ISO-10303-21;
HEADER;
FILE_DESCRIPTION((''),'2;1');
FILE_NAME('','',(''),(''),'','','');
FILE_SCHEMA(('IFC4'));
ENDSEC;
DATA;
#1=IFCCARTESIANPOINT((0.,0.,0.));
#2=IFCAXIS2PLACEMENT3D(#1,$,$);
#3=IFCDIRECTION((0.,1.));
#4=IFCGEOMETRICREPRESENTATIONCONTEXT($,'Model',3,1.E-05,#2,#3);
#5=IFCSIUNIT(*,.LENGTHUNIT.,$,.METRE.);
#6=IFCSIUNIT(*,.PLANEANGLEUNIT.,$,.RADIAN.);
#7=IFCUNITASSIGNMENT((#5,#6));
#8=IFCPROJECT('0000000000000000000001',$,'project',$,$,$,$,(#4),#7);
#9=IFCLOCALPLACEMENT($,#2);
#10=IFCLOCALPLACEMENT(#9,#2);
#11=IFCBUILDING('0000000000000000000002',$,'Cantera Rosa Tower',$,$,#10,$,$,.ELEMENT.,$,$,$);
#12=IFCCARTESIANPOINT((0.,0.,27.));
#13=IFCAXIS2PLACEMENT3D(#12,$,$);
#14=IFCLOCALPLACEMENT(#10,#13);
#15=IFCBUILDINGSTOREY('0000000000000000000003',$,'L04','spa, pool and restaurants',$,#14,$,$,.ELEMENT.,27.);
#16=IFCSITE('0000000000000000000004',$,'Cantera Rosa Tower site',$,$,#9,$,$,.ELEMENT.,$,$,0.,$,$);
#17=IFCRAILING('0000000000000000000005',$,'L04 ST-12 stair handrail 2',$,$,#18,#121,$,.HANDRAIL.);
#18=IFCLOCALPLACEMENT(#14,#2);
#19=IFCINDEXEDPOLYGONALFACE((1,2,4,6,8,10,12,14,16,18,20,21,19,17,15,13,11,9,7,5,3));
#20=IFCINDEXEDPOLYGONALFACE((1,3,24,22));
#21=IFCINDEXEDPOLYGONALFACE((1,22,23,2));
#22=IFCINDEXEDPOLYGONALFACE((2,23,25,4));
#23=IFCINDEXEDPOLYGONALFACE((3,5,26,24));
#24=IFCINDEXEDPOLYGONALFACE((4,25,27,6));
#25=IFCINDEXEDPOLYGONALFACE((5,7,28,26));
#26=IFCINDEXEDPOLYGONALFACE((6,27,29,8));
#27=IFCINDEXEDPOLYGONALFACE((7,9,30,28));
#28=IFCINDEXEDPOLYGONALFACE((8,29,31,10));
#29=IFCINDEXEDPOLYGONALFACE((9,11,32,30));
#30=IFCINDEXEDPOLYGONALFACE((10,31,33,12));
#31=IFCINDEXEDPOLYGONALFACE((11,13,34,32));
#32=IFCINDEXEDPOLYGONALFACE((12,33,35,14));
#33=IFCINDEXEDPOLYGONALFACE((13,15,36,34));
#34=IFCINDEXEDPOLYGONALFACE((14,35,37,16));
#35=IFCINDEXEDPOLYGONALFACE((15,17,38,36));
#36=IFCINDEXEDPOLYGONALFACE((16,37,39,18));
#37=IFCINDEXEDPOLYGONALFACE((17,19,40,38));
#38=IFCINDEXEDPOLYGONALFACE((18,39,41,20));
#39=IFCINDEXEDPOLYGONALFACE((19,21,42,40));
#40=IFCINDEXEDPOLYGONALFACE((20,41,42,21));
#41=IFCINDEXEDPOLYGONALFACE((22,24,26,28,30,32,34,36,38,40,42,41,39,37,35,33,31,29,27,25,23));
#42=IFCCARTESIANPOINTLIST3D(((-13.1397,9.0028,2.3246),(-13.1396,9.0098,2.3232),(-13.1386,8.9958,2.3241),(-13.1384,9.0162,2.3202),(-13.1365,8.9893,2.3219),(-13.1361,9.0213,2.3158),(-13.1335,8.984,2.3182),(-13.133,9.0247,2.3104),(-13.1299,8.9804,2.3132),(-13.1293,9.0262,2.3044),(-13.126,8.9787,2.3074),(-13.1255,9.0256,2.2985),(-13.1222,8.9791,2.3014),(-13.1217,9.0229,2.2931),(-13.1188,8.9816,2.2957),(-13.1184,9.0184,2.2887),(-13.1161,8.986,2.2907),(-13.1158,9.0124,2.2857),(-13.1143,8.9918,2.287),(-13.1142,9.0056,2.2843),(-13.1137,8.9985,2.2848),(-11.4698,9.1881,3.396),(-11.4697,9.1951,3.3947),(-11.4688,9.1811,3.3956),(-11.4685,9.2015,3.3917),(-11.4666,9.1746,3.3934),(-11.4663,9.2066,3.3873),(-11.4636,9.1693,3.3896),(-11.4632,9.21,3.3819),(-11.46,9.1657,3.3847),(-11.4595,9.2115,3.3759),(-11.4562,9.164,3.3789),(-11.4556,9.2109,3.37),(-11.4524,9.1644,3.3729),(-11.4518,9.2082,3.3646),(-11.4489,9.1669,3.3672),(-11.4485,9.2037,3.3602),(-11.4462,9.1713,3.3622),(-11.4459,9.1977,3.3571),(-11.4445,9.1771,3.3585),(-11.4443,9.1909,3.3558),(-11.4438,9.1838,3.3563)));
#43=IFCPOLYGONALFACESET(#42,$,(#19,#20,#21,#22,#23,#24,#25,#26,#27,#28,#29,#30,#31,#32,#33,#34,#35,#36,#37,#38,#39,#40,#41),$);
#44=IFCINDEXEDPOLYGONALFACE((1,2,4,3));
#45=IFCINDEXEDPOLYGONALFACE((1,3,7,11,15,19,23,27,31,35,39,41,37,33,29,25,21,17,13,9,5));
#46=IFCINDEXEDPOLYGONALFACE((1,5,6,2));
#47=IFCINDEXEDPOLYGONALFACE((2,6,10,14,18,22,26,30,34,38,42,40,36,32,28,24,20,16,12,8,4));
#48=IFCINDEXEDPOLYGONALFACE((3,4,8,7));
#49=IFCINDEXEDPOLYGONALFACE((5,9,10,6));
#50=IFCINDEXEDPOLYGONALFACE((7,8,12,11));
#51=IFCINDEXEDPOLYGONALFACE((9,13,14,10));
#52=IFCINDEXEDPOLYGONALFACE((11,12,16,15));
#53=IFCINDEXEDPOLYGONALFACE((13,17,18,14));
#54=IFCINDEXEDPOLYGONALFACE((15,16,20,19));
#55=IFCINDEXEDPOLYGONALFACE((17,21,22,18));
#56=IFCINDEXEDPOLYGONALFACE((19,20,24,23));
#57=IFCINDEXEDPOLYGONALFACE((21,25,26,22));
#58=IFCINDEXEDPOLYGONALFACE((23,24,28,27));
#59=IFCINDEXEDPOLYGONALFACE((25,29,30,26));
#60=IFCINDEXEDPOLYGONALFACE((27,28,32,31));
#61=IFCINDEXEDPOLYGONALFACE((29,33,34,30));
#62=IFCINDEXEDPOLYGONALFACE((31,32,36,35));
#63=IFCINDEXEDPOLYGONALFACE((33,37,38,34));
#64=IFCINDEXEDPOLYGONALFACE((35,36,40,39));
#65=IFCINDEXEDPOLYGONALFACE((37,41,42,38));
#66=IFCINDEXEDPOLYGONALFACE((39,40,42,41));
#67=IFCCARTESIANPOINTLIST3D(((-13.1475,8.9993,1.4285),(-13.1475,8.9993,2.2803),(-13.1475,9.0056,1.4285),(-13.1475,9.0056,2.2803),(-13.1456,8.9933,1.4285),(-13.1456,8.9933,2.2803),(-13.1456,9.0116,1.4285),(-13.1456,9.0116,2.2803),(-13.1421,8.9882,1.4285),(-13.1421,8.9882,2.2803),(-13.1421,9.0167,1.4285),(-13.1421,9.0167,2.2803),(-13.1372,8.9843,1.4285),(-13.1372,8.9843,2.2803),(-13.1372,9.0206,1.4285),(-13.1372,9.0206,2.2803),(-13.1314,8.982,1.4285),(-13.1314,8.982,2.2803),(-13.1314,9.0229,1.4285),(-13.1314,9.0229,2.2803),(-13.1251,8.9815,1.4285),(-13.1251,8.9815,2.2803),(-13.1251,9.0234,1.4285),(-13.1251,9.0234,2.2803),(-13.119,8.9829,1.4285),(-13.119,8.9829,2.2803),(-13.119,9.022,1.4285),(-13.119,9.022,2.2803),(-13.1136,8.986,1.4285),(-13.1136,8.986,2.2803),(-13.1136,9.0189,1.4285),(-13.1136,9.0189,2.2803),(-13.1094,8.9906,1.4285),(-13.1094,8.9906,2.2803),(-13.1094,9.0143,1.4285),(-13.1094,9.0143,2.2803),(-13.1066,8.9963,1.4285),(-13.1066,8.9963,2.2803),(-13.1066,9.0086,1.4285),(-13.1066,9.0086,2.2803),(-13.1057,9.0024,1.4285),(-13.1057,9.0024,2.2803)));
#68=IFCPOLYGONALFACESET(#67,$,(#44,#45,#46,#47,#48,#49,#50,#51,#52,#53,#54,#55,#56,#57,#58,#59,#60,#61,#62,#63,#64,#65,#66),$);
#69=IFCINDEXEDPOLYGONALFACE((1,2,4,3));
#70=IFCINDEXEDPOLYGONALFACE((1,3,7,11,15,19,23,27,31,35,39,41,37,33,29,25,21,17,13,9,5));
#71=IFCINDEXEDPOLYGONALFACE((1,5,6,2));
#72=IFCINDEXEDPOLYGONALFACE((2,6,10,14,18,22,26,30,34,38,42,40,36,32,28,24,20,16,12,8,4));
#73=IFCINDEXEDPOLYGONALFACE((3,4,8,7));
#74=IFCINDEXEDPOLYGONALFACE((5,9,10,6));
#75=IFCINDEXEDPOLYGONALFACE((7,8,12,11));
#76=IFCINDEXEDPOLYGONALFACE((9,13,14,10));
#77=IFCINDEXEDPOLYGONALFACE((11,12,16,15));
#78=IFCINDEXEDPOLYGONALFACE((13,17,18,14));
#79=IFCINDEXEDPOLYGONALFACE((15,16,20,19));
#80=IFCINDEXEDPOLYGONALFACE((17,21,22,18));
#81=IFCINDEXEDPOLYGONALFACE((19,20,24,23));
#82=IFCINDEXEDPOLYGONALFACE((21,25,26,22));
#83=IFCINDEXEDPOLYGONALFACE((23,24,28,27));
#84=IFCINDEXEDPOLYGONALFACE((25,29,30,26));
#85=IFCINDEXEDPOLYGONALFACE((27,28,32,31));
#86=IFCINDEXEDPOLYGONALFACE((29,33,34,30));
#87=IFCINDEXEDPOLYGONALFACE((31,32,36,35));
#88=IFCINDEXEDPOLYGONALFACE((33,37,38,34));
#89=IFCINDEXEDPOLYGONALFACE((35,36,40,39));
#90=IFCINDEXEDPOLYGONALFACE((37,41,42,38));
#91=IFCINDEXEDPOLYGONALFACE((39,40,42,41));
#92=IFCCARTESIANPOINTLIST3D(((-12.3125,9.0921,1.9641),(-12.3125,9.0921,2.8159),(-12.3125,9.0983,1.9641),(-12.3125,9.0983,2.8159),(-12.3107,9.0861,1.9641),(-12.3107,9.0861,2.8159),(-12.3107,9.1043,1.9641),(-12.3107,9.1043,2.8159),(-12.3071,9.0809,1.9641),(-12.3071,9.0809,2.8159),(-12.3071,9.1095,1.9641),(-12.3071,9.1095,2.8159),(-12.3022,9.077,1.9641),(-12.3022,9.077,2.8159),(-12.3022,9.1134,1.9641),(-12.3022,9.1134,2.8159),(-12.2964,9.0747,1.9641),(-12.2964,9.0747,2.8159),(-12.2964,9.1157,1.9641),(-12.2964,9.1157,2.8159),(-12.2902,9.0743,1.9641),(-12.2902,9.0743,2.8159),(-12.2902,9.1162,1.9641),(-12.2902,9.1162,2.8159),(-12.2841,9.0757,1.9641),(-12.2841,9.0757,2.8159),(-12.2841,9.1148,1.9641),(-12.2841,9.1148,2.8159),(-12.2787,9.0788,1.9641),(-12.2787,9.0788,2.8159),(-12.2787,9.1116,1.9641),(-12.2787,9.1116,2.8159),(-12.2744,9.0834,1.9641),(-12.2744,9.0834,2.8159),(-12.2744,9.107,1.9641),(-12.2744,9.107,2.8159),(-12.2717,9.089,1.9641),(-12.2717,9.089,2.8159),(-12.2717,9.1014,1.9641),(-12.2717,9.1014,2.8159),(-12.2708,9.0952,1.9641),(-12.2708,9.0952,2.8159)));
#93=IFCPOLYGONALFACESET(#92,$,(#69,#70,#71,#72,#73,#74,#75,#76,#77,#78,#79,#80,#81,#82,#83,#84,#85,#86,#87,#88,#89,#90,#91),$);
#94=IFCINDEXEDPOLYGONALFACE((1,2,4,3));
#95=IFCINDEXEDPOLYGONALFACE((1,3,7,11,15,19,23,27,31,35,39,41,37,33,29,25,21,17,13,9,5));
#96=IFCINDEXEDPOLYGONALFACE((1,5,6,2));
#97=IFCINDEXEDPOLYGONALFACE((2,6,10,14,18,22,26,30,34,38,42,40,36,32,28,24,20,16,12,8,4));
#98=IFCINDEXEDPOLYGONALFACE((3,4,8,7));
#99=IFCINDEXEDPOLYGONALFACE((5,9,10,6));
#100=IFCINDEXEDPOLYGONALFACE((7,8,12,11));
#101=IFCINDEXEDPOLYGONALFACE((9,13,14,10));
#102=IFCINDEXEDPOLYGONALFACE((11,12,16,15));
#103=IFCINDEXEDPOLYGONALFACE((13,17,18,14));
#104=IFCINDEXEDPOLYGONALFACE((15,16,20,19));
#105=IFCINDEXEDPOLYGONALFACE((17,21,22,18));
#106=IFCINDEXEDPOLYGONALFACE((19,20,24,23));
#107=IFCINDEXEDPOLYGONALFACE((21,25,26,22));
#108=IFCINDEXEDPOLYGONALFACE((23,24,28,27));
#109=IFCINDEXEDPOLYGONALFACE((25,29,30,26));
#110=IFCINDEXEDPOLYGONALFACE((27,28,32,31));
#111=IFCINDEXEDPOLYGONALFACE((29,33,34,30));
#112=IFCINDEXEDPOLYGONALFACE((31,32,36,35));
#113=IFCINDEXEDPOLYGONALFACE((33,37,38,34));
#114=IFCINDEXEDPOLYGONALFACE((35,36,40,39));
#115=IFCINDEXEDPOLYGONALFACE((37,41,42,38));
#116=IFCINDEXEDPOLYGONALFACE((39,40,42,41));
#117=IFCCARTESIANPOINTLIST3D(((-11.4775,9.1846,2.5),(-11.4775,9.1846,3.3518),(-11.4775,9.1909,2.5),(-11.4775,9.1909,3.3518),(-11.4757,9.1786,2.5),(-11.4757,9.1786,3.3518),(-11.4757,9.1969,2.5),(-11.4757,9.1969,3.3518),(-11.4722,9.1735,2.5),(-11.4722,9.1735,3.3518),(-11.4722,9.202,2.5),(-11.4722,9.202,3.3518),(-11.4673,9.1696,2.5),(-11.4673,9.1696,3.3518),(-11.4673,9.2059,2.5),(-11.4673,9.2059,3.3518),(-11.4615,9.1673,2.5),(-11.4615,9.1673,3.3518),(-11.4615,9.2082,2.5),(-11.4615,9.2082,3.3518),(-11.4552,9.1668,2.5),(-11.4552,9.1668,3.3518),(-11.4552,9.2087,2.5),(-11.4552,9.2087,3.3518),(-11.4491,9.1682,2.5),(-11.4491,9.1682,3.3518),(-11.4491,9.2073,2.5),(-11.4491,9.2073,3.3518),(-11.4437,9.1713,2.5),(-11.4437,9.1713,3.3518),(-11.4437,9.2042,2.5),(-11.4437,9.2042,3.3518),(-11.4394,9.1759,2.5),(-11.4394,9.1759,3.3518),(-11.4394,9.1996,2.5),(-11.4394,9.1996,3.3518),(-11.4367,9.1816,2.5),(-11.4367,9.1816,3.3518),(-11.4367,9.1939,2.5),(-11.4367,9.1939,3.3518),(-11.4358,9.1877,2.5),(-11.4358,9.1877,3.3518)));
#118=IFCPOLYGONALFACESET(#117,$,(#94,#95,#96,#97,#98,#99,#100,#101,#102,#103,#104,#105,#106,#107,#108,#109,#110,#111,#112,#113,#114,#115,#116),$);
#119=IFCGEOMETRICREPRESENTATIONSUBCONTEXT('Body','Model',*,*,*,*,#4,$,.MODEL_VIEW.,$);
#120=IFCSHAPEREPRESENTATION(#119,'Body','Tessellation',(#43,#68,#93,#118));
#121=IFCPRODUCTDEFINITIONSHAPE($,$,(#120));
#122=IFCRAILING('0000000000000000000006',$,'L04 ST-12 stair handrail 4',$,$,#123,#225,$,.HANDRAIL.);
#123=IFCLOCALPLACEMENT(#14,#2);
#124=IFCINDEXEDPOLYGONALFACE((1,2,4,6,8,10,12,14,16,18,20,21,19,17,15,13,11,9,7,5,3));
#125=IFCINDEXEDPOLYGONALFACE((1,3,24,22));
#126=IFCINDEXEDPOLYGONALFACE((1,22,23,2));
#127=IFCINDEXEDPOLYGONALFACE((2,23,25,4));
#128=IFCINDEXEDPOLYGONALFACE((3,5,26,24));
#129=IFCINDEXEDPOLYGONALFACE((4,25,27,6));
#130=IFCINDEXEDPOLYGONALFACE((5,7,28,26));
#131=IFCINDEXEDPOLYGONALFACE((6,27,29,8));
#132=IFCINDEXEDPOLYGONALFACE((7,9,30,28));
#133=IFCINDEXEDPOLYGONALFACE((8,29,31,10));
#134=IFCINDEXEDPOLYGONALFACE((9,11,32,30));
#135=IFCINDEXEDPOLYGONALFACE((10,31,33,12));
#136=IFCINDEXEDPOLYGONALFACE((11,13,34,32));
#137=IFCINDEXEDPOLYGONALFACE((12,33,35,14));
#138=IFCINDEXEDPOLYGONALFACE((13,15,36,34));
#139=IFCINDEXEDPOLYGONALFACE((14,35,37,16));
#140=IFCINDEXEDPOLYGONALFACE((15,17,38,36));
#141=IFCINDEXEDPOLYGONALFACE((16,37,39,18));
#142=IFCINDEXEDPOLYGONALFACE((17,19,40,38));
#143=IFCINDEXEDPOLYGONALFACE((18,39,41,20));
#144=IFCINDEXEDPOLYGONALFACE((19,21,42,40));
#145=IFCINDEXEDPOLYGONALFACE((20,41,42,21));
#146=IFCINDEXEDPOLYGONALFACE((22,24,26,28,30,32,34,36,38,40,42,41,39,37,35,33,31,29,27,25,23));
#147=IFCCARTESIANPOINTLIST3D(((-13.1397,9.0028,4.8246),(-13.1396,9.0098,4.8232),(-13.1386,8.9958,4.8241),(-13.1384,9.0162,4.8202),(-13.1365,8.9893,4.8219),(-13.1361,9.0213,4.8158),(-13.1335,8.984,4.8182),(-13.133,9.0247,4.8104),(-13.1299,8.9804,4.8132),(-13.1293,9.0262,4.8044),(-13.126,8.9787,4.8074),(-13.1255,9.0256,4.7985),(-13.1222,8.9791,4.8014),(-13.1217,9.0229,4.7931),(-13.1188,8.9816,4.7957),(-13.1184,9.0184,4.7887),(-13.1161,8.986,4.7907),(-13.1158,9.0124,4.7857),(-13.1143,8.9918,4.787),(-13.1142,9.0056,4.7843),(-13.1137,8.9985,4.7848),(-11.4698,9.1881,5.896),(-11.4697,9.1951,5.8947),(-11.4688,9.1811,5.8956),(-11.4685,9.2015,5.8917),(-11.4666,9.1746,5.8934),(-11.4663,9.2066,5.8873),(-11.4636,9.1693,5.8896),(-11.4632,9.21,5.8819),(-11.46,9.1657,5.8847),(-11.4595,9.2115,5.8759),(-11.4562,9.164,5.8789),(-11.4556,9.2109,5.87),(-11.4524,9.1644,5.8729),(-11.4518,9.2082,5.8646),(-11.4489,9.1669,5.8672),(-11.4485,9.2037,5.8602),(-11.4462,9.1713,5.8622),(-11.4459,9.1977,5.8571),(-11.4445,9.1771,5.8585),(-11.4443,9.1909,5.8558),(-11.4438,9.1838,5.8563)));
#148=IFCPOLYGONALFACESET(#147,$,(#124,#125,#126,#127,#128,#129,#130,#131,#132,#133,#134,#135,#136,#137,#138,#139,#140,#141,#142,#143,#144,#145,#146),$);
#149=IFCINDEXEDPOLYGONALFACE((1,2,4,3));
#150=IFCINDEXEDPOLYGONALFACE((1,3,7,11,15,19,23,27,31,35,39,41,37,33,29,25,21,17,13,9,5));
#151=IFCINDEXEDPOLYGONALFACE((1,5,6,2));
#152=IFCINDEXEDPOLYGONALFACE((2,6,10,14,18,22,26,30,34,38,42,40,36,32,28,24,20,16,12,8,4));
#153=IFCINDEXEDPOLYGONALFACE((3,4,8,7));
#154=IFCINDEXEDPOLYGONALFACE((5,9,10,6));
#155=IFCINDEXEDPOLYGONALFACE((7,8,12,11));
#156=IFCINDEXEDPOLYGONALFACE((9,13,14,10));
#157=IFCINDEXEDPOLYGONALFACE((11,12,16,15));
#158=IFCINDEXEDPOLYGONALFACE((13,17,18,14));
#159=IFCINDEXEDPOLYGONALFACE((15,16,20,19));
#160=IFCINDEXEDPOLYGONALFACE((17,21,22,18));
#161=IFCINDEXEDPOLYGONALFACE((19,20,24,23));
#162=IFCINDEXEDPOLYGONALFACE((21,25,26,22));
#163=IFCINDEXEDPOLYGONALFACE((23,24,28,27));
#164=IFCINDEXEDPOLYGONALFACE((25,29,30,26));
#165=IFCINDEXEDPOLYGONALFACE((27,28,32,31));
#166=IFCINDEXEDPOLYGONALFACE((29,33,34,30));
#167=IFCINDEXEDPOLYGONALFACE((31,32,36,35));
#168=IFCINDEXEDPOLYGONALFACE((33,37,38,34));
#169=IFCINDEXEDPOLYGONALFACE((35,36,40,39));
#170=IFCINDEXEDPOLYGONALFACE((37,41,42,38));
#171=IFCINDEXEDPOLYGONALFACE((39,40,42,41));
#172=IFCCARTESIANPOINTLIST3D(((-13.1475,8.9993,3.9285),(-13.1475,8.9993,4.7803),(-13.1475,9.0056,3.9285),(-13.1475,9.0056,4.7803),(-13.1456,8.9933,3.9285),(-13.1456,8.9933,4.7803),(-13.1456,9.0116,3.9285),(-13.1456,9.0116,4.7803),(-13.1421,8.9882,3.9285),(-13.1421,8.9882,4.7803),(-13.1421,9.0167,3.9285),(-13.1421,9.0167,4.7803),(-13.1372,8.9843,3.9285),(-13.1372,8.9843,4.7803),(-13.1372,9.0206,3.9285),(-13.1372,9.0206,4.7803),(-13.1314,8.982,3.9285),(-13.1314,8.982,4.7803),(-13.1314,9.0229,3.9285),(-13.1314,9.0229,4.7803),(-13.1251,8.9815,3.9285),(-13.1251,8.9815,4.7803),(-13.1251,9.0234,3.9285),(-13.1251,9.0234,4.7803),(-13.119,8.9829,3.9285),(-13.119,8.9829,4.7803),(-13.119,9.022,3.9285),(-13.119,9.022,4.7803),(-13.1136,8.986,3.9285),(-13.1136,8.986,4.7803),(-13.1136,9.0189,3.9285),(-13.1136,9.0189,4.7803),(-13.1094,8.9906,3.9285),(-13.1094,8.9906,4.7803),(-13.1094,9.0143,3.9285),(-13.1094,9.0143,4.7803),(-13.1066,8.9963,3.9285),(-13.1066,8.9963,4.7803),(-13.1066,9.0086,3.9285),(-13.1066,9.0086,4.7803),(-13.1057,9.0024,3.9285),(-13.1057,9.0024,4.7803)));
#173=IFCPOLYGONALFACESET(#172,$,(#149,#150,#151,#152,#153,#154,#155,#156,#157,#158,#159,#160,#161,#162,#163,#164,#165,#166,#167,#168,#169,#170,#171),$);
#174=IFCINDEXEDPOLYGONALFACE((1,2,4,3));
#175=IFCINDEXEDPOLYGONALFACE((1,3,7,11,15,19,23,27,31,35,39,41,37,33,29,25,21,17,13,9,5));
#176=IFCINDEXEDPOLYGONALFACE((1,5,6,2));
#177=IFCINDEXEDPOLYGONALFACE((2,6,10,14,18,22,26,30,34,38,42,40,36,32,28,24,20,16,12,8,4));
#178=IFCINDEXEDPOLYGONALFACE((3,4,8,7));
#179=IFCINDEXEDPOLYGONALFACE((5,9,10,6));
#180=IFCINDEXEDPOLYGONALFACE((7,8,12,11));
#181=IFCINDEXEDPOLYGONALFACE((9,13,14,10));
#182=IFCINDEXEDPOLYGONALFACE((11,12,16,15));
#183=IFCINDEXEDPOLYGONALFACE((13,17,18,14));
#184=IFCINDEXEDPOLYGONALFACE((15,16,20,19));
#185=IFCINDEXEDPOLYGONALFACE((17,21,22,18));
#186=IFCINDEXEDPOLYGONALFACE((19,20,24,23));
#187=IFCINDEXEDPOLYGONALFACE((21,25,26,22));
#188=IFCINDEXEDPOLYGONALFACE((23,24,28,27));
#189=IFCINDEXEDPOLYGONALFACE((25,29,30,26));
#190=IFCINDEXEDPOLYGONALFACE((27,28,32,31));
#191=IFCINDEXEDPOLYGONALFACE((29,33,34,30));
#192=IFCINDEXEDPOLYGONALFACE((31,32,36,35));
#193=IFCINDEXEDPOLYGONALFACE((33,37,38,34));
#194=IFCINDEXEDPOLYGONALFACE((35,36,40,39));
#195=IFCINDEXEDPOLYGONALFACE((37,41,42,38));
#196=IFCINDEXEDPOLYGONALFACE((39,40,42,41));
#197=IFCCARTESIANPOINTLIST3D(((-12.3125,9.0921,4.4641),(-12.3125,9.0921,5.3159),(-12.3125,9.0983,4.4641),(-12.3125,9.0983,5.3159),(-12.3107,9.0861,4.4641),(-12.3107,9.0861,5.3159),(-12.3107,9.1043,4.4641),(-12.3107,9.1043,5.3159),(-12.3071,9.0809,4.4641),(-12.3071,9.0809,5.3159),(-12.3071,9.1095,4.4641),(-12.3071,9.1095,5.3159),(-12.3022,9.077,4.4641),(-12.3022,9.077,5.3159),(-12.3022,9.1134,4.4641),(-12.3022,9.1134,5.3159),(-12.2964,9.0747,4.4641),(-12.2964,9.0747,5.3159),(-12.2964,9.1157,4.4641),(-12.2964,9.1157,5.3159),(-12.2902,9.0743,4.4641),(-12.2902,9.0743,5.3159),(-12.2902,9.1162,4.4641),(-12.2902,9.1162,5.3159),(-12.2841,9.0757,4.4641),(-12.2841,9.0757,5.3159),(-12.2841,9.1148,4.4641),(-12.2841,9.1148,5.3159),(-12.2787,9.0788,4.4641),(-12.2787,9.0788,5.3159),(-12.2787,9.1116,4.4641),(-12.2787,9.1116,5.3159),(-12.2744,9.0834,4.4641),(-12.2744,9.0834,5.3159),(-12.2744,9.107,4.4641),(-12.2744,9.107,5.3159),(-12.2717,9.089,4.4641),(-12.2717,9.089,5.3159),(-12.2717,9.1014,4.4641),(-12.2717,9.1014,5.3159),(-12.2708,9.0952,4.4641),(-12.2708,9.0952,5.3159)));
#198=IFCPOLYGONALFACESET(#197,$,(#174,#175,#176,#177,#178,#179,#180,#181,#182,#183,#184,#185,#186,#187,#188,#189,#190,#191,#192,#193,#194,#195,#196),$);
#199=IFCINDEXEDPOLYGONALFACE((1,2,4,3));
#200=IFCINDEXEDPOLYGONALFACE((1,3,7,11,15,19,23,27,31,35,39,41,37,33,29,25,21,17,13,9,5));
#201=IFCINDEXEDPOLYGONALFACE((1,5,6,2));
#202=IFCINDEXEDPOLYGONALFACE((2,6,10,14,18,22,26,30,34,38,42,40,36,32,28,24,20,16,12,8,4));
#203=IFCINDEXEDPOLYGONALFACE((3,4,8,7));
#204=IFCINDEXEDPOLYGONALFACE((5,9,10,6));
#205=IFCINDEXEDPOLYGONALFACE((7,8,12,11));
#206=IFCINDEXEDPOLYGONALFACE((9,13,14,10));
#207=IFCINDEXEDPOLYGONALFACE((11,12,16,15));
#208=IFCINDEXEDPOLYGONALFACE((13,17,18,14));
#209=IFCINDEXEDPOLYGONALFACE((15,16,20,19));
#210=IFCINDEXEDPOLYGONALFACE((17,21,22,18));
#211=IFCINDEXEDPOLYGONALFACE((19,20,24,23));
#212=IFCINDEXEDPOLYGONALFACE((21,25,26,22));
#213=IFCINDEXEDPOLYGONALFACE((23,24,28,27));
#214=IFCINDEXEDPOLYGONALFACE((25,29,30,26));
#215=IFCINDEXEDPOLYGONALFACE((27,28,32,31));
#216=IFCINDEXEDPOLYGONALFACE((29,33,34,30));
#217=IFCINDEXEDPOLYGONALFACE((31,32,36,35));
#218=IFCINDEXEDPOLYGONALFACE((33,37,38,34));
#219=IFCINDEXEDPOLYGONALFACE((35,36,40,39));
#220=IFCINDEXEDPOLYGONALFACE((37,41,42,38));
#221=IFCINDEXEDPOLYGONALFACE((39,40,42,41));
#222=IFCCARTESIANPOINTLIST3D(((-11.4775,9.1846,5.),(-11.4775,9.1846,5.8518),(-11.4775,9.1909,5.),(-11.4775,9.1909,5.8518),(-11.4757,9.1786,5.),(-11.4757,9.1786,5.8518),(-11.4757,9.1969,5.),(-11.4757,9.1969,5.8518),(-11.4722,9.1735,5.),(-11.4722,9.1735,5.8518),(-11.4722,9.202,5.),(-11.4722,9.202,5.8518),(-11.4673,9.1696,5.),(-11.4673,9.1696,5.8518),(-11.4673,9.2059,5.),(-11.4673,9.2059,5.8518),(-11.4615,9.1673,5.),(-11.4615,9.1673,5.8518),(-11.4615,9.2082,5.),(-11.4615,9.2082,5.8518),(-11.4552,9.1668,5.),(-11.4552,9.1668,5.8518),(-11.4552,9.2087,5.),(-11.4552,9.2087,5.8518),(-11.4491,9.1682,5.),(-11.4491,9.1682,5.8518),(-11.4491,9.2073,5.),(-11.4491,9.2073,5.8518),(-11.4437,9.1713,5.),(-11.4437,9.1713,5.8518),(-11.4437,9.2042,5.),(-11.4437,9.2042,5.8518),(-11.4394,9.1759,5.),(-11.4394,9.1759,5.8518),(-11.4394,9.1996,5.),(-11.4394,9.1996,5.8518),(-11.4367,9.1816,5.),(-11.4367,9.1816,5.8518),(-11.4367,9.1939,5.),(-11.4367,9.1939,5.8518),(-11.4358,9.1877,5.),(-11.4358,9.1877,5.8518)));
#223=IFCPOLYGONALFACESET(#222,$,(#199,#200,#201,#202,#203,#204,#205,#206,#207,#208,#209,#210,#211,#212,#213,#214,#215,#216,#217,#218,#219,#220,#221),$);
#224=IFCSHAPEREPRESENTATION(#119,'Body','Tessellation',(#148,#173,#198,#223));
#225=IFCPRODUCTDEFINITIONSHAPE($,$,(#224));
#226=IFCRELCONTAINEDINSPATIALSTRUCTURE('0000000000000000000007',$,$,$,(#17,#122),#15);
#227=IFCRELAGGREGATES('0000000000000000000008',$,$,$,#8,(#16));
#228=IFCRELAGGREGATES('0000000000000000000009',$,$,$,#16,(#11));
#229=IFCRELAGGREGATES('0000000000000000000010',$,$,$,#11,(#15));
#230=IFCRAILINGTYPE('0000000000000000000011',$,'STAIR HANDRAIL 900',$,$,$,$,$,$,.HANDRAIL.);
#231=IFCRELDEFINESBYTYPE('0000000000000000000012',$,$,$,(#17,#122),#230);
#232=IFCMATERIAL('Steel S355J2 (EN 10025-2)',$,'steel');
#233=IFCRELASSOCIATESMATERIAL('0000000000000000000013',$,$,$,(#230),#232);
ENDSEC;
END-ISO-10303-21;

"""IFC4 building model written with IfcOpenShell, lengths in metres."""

from ifc_helpers import new_model, si_unit, direction, frame, origin, origin_2d, place, context, subcontext, project, spatial, circle, extrude, material, type_object, element, save


model = new_model("IFC4")

# Units and contexts
model_context = context("Model", 3, precision=1e-05, world=origin(), true_north=direction((0.0, 1.0)))
body_context = subcontext(model_context, "Body", "Model", "MODEL_VIEW")
ifc_project = project(units=[si_unit("LENGTHUNIT", "METRE"), si_unit("PLANEANGLEUNIT", "RADIAN")], contexts=[model_context])

# Site, building, storey
site_placement = place(None, origin())
site = spatial("IfcSite", under=ifc_project, at=site_placement, Name="Cantera Rosa Tower site", CompositionType="ELEMENT", RefElevation=0.0)
building_placement = place(site_placement, origin())
building = spatial("IfcBuilding", under=site, at=building_placement, Name="Cantera Rosa Tower", CompositionType="ELEMENT")
storey_placement = place(building_placement, frame((0.0, 0.0, 27.0)))
storey = spatial("IfcBuildingStorey", under=building, at=storey_placement, Name="L04", Description="spa, pool and restaurants", CompositionType="ELEMENT", Elevation=27.0)

# Railings
ifc_material_1 = material(Name="Steel S355J2 (EN 10025-2)", Category="steel")
railing_type = type_object("IfcRailingType", Name="STAIR HANDRAIL 900", PredefinedType="HANDRAIL", material=ifc_material_1)
for number, where, name in (
    (1, (-13.1267, 9.0024, 1.4285), "L04 ST-12 stair handrail 2"),
    (2, (-13.1267, 9.0024, 3.9285), "L04 ST-12 stair handrail 4"),
):
    element("IfcRailing", number, at=place(storey_placement, frame(where)), inside=storey, type_object=railing_type, Name=name, PredefinedType="HANDRAIL", context=body_context, shape_type="SweptSolid", body=[
        extrude(circle(Radius=0.0239, at=origin_2d()), frame((0.0, 0.0, 0.876), z_axis=(0.837987, 0.092987, 0.537709), x_axis=(-0.110288, 0.9939, 0.0)), (0.0, 0.0, 1.0), 1.9927),
        extrude(circle(Radius=0.021, at=origin_2d()), origin(), (0.0, 0.0, 1.0), 0.8518),
        extrude(circle(Radius=0.021, at=origin_2d()), frame((0.835, 0.0928, 0.5356)), (0.0, 0.0, 1.0), 0.8518),
        extrude(circle(Radius=0.021, at=origin_2d()), frame((1.6699, 0.1853, 1.0715)), (0.0, 0.0, 1.0), 0.8518),
    ])

save(model, "model.ifc")
